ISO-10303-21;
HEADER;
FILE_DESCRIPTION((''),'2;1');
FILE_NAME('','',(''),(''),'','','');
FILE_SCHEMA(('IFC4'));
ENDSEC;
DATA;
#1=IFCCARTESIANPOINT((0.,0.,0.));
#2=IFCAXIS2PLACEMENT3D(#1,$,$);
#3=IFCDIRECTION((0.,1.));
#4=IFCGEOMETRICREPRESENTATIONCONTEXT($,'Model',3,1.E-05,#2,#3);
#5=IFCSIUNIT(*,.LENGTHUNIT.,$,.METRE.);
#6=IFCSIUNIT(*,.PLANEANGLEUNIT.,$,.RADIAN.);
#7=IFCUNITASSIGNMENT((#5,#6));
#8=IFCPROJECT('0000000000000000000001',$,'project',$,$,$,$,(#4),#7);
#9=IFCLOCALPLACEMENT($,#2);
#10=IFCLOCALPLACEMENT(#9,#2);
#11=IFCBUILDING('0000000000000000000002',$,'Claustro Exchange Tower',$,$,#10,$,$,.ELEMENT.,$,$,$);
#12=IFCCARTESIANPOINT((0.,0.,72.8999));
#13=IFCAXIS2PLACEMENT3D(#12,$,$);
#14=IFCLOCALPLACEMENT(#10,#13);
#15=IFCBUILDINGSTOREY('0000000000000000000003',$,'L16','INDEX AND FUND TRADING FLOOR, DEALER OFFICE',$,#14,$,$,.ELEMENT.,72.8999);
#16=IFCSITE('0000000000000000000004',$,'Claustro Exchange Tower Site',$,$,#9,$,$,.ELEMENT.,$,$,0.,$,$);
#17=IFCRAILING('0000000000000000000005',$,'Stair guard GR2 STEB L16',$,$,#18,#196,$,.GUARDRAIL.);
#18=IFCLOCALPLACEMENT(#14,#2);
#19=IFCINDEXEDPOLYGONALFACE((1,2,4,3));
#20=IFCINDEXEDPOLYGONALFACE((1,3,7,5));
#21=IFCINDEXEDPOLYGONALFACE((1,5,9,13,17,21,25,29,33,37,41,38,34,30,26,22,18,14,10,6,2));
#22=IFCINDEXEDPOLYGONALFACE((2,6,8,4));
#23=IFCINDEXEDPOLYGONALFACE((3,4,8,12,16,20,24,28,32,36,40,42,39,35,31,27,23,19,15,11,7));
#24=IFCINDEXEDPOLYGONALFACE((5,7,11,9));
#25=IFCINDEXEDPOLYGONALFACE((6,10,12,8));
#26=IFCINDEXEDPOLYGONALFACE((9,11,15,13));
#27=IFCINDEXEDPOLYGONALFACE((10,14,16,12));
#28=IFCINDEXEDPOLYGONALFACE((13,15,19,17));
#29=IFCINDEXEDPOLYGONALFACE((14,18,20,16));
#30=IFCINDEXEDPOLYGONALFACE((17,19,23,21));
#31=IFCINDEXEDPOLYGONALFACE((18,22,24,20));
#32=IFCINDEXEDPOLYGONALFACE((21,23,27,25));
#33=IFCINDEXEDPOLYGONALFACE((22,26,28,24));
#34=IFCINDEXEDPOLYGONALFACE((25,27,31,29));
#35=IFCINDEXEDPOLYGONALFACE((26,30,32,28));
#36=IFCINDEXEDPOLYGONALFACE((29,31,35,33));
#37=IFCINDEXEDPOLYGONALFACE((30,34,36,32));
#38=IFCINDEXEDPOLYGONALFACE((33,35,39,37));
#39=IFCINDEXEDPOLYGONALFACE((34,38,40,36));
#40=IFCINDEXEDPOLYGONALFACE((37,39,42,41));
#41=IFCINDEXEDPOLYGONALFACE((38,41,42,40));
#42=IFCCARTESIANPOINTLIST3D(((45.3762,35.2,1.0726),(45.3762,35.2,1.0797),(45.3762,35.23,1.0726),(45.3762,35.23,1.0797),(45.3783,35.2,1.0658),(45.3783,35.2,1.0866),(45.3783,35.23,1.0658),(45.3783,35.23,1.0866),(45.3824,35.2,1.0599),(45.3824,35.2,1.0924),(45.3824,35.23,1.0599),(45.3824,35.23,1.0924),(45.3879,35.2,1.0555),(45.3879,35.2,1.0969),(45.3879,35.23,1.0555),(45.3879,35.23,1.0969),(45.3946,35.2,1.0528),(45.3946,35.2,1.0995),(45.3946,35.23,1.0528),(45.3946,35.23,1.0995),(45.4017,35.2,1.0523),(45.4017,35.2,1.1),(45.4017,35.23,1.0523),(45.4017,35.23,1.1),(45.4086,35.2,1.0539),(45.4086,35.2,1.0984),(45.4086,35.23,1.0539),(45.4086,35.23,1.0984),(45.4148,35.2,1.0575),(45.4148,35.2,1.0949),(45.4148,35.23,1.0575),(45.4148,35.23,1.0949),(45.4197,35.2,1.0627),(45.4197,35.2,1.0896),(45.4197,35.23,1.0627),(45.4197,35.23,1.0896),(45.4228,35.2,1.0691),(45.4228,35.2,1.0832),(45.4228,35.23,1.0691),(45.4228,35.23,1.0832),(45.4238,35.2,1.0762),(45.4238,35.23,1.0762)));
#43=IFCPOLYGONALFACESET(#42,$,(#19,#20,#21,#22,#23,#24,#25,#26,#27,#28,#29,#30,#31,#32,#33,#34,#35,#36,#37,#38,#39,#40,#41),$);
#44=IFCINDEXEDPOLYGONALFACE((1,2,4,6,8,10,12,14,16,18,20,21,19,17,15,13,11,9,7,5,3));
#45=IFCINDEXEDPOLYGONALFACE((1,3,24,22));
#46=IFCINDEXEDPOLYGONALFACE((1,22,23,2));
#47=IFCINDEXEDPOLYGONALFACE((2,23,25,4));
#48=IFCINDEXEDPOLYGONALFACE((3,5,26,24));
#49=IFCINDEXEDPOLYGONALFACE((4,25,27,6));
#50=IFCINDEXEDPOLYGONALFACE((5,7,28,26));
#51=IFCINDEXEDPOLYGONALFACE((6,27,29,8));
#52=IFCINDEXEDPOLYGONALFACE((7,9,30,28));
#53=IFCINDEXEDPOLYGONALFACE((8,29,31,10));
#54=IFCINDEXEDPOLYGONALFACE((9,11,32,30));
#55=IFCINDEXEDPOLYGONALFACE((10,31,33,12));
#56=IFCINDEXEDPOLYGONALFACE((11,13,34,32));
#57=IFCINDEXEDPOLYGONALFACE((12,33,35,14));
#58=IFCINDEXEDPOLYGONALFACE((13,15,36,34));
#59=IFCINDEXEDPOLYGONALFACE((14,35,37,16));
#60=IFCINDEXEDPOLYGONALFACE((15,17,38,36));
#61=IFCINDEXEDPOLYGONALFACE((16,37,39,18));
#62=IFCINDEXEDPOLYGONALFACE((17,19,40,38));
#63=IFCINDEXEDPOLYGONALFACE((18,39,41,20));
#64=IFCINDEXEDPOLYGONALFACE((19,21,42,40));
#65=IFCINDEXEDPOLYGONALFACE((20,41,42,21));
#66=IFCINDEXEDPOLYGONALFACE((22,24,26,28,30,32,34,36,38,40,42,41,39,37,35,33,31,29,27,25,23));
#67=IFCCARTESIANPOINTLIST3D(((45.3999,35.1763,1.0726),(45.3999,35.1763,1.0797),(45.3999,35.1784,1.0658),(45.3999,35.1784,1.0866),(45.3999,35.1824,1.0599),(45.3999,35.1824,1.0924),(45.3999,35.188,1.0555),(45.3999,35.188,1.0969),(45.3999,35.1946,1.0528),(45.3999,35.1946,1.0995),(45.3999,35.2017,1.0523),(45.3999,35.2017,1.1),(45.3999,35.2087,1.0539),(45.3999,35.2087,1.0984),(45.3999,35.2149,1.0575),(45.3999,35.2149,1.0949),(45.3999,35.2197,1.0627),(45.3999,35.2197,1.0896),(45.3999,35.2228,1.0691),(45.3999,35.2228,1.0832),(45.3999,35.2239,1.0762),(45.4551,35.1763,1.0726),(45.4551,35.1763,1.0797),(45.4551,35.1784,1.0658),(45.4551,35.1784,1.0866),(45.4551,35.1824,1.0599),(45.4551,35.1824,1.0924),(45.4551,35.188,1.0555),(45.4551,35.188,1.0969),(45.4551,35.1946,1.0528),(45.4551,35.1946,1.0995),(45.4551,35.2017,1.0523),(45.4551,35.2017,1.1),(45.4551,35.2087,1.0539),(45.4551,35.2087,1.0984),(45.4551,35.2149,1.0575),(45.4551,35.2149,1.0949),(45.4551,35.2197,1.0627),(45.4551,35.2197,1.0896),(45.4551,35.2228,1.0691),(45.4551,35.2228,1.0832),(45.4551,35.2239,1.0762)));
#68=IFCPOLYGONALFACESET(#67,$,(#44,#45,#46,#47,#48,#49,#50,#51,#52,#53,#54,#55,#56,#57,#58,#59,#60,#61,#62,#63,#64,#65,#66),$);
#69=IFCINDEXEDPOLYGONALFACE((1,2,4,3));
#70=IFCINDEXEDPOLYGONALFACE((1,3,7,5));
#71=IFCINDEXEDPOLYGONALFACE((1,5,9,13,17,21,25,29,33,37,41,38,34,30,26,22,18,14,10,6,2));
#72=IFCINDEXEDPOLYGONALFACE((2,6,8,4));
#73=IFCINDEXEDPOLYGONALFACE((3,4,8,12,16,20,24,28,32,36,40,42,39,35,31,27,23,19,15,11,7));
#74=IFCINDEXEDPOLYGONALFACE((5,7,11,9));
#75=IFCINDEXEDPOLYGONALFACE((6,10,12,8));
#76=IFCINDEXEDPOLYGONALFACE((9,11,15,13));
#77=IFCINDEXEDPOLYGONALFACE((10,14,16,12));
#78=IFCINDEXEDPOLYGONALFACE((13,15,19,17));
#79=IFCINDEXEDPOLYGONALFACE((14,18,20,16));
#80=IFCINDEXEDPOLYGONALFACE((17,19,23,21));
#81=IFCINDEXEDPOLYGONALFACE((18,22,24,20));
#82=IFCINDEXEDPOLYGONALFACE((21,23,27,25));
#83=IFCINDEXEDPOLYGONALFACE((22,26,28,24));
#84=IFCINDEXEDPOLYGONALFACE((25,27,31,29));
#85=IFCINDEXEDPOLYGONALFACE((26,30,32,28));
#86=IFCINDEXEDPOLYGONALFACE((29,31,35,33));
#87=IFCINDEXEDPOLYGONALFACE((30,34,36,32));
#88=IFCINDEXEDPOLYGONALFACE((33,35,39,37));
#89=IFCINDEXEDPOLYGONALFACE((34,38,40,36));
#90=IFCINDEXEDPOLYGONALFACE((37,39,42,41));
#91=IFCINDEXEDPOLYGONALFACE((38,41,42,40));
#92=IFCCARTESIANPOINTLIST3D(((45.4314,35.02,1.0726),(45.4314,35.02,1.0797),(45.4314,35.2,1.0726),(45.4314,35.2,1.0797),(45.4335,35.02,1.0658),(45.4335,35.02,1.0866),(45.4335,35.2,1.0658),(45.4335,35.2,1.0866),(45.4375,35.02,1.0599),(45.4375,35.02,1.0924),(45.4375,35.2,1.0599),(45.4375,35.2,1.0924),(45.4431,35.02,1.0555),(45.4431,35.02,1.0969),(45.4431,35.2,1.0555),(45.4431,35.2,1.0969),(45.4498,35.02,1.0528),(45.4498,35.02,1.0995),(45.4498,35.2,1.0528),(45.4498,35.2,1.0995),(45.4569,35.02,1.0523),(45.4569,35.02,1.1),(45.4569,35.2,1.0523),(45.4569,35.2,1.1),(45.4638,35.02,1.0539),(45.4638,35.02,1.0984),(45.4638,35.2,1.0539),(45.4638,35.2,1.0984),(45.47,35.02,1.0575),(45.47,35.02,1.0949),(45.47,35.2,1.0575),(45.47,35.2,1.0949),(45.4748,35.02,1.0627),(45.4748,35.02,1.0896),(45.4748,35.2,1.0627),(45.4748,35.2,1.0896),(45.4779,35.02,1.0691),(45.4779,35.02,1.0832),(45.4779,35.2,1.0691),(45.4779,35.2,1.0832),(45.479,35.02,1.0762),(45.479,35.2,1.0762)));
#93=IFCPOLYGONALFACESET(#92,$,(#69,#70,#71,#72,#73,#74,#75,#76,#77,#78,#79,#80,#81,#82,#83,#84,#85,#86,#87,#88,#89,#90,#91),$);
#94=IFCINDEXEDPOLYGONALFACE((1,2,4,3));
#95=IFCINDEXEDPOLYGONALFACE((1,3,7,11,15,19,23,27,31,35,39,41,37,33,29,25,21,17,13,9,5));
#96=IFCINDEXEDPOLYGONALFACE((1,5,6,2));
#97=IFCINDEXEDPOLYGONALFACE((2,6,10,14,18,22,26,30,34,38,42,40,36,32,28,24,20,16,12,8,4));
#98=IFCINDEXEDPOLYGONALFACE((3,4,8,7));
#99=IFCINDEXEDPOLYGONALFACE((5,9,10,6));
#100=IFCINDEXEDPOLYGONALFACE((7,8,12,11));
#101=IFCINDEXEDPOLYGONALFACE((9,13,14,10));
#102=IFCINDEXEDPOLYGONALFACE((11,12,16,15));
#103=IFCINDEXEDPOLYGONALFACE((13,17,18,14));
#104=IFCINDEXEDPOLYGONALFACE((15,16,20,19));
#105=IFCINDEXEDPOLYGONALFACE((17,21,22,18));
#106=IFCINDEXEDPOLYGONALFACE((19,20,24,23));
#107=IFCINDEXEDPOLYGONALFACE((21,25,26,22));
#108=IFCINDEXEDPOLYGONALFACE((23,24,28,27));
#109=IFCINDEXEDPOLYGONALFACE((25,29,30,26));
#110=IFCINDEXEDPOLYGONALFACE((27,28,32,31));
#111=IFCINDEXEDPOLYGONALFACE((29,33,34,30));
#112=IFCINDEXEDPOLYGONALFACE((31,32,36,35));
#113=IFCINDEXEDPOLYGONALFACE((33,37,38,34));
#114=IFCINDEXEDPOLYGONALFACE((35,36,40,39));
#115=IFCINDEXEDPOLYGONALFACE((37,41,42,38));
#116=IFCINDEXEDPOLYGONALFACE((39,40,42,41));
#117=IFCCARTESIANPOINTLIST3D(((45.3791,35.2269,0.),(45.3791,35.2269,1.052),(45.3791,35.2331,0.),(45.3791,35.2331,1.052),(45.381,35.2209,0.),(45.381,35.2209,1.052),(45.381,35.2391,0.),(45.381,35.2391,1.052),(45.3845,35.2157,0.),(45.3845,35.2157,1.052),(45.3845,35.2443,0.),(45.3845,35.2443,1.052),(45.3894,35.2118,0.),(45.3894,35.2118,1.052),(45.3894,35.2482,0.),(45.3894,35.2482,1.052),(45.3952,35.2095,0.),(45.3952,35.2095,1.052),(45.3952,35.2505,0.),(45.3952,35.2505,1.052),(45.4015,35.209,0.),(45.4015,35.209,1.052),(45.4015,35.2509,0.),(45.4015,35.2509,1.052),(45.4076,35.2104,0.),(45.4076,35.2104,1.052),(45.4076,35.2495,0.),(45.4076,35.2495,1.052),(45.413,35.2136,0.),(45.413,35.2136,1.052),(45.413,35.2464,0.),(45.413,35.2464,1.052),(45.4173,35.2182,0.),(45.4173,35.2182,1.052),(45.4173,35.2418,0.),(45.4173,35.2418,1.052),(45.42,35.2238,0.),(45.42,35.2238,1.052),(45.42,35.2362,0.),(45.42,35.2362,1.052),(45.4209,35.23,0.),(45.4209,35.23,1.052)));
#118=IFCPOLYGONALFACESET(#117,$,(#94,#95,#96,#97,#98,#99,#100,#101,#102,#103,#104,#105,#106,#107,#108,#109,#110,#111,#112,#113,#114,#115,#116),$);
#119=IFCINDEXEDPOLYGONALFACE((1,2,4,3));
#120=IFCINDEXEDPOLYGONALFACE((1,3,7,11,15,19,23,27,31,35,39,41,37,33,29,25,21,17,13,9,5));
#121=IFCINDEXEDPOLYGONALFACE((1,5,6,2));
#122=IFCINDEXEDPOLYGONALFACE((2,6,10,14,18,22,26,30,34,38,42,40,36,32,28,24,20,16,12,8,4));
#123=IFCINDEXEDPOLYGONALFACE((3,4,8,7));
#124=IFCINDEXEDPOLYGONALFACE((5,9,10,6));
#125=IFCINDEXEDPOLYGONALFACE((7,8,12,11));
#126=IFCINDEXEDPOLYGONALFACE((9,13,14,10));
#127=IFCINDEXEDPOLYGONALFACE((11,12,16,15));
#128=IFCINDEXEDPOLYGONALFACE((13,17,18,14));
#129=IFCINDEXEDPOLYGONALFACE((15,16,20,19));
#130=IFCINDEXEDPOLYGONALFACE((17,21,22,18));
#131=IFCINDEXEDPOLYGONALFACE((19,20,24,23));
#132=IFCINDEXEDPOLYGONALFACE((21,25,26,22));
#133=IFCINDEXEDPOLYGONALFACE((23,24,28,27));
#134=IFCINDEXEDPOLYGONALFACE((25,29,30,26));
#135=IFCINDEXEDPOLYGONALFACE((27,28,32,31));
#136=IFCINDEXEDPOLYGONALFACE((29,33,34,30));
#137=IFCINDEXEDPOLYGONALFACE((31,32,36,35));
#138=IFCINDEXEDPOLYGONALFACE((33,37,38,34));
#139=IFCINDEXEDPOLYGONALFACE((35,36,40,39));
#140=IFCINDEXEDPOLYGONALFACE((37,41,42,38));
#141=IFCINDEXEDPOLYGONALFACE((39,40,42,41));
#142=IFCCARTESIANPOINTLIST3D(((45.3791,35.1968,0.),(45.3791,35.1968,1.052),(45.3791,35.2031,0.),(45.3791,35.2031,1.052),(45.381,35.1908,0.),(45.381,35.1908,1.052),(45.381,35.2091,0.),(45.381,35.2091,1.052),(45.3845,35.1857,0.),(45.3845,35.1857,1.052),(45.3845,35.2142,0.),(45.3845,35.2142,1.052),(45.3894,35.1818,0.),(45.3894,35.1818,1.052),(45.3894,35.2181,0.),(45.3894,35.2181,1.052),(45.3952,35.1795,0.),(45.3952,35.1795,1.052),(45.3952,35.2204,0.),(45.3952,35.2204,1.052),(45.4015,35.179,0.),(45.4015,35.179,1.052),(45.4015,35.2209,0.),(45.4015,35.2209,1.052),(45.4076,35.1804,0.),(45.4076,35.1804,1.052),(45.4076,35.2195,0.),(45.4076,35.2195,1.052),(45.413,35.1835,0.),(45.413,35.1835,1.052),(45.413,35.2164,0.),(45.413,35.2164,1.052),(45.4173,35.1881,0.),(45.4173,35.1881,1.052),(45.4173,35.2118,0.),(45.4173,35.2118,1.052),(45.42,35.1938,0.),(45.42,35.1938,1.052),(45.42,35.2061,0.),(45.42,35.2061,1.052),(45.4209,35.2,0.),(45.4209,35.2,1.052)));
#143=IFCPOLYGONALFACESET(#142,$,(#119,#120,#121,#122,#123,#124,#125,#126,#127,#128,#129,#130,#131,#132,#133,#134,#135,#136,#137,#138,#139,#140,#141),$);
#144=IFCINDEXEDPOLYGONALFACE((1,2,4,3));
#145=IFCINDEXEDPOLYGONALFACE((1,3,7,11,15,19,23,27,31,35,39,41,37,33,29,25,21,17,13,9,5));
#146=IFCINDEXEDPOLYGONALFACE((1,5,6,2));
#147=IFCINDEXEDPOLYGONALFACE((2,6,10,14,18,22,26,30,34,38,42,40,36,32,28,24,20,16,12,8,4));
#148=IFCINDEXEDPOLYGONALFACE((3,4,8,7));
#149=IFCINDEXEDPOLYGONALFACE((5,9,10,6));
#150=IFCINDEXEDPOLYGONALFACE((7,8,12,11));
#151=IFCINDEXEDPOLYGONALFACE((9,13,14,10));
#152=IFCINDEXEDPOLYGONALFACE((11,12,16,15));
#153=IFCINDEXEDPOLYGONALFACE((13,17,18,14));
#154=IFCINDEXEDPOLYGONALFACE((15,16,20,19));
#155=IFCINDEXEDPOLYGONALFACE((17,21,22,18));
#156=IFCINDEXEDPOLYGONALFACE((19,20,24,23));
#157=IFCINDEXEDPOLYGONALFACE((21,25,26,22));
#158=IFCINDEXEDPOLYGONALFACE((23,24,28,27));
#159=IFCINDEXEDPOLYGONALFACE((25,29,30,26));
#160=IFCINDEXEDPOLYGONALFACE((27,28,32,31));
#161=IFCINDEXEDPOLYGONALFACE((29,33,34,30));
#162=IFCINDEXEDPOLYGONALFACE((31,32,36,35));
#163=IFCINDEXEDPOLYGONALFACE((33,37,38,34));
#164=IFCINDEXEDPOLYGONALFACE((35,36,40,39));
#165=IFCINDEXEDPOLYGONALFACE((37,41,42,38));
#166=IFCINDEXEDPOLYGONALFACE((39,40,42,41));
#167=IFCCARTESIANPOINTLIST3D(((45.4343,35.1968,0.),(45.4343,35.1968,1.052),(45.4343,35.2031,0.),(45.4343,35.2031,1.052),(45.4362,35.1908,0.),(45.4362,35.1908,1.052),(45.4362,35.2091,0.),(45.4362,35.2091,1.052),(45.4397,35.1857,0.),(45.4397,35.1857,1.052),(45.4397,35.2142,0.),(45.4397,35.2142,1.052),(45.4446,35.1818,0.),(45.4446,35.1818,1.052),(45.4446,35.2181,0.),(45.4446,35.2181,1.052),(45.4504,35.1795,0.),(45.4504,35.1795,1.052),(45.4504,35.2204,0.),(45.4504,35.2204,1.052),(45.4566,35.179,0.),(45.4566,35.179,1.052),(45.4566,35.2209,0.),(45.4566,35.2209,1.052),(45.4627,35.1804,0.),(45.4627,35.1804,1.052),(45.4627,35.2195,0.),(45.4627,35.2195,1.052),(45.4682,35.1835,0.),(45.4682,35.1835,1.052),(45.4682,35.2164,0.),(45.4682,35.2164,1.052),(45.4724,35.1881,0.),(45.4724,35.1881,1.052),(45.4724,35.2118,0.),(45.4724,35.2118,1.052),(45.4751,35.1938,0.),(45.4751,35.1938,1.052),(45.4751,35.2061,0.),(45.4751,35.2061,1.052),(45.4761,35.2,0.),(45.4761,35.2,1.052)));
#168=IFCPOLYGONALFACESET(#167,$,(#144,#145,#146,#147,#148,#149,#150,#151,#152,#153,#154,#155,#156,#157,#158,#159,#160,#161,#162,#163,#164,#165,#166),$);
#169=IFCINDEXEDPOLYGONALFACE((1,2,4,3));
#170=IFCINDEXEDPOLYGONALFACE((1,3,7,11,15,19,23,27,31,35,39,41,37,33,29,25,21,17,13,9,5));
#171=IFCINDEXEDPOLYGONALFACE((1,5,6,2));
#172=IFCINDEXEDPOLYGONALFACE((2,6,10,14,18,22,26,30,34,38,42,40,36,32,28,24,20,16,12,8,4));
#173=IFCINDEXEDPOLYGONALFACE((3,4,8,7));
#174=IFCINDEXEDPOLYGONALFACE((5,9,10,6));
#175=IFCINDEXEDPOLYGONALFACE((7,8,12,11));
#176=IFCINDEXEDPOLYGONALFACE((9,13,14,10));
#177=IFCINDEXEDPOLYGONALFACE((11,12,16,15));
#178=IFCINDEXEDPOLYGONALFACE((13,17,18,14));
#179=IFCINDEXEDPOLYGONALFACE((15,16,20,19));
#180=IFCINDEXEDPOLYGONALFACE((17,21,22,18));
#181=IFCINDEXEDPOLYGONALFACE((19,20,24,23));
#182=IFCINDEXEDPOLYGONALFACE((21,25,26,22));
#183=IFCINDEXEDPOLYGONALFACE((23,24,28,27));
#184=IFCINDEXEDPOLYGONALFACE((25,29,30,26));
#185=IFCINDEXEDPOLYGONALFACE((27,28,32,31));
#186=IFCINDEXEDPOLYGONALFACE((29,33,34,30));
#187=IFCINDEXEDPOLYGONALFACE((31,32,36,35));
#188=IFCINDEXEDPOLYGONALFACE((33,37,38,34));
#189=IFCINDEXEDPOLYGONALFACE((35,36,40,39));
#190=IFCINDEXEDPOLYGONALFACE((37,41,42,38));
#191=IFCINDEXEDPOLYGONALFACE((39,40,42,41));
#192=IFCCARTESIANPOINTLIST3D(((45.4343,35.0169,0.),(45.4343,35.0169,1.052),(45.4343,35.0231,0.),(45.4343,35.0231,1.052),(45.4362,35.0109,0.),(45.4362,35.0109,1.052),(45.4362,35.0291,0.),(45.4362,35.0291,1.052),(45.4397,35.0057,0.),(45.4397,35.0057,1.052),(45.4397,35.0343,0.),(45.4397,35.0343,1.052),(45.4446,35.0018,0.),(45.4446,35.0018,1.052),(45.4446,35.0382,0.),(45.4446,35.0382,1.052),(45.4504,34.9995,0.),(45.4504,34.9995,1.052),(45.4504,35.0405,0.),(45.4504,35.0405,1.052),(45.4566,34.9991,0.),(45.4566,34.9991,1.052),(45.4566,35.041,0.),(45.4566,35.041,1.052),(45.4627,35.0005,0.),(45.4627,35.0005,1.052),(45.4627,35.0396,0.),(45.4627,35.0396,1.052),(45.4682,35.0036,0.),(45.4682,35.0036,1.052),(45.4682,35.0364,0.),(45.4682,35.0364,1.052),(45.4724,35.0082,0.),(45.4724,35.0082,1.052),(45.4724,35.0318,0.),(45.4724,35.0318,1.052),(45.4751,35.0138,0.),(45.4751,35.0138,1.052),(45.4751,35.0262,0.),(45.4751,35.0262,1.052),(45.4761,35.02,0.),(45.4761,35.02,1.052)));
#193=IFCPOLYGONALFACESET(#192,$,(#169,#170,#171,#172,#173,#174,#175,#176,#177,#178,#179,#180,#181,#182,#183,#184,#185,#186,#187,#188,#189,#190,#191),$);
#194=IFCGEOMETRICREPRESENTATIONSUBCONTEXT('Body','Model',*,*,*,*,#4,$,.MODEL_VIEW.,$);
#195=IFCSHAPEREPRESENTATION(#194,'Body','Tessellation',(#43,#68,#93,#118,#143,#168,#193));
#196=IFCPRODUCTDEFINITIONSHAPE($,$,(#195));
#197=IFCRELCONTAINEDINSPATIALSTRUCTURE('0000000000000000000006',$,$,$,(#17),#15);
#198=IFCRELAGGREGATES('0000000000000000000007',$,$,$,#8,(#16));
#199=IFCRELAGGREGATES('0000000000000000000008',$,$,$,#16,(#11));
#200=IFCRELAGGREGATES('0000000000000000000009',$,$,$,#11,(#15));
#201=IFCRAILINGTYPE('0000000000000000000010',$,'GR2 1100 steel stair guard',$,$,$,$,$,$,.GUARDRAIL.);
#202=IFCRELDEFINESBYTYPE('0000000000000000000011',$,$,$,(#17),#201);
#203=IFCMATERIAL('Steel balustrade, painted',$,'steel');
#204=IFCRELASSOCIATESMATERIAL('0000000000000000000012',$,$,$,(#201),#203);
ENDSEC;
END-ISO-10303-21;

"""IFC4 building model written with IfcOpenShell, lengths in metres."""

from ifc_helpers import new_model, si_unit, direction, frame, origin, origin_2d, place, context, subcontext, project, spatial, circle, extrude, material, type_object, element, save


model = new_model("IFC4")

# Units and contexts
model_context = context("Model", 3, precision=1e-05, world=origin(), true_north=direction((0.0, 1.0)))
body_context = subcontext(model_context, "Body", "Model", "MODEL_VIEW")
ifc_project = project(units=[si_unit("LENGTHUNIT", "METRE"), si_unit("PLANEANGLEUNIT", "RADIAN")], contexts=[model_context])

# Site, building, storey
site_placement = place(None, origin())
site = spatial("IfcSite", under=ifc_project, at=site_placement, Name="Claustro Exchange Tower Site", CompositionType="ELEMENT", RefElevation=0.0)
building_placement = place(site_placement, origin())
building = spatial("IfcBuilding", under=site, at=building_placement, Name="Claustro Exchange Tower", CompositionType="ELEMENT")
storey_placement = place(building_placement, frame((0.0, 0.0, 72.8999)))
storey = spatial("IfcBuildingStorey", under=building, at=storey_placement, Name="L16", Description="INDEX AND FUND TRADING FLOOR, DEALER OFFICE", CompositionType="ELEMENT", Elevation=72.8999)

# Railing
ifc_material_1 = material(Name="Steel balustrade, painted", Category="steel")
railing_type_1 = type_object("IfcRailingType", Name="GR2 1100 steel stair guard", PredefinedType="GUARDRAIL", material=ifc_material_1)
railing_1_placement = place(storey_placement, frame((45.3999, 35.23, 0.0)))
element("IfcRailing", 1, at=railing_1_placement, inside=storey, type_object=railing_type_1, Name="Stair guard GR2 STEB L16", PredefinedType="GUARDRAIL", context=body_context, shape_type="SweptSolid", body=[
    extrude(circle(Radius=0.0239, at=origin_2d()), frame((0.0, 0.0, 1.0762), z_axis=(0.0, -1.0, 0.0), x_axis=(1.0, 0.0, 0.0)), (0.0, 0.0, 1.0), 0.03),
    extrude(circle(Radius=0.0239, at=origin_2d()), frame((0.0, -0.03, 1.0762), z_axis=(1.0, 0.0, 0.0), x_axis=(0.0, 1.0, 0.0)), (0.0, 0.0, 1.0), 0.0552),
    extrude(circle(Radius=0.0239, at=origin_2d()), frame((0.0552, -0.03, 1.0762), z_axis=(0.0, -1.0, 0.0), x_axis=(1.0, 0.0, 0.0)), (0.0, 0.0, 1.0), 0.1799),
    extrude(circle(Radius=0.021, at=origin_2d()), origin(), (0.0, 0.0, 1.0), 1.052),
    extrude(circle(Radius=0.021, at=origin_2d()), frame((0.0, -0.03, 0.0)), (0.0, 0.0, 1.0), 1.052),
    extrude(circle(Radius=0.021, at=origin_2d()), frame((0.0552, -0.03, 0.0)), (0.0, 0.0, 1.0), 1.052),
    extrude(circle(Radius=0.021, at=origin_2d()), frame((0.0552, -0.21, 0.0)), (0.0, 0.0, 1.0), 1.052),
])

save(model, "model.ifc")
